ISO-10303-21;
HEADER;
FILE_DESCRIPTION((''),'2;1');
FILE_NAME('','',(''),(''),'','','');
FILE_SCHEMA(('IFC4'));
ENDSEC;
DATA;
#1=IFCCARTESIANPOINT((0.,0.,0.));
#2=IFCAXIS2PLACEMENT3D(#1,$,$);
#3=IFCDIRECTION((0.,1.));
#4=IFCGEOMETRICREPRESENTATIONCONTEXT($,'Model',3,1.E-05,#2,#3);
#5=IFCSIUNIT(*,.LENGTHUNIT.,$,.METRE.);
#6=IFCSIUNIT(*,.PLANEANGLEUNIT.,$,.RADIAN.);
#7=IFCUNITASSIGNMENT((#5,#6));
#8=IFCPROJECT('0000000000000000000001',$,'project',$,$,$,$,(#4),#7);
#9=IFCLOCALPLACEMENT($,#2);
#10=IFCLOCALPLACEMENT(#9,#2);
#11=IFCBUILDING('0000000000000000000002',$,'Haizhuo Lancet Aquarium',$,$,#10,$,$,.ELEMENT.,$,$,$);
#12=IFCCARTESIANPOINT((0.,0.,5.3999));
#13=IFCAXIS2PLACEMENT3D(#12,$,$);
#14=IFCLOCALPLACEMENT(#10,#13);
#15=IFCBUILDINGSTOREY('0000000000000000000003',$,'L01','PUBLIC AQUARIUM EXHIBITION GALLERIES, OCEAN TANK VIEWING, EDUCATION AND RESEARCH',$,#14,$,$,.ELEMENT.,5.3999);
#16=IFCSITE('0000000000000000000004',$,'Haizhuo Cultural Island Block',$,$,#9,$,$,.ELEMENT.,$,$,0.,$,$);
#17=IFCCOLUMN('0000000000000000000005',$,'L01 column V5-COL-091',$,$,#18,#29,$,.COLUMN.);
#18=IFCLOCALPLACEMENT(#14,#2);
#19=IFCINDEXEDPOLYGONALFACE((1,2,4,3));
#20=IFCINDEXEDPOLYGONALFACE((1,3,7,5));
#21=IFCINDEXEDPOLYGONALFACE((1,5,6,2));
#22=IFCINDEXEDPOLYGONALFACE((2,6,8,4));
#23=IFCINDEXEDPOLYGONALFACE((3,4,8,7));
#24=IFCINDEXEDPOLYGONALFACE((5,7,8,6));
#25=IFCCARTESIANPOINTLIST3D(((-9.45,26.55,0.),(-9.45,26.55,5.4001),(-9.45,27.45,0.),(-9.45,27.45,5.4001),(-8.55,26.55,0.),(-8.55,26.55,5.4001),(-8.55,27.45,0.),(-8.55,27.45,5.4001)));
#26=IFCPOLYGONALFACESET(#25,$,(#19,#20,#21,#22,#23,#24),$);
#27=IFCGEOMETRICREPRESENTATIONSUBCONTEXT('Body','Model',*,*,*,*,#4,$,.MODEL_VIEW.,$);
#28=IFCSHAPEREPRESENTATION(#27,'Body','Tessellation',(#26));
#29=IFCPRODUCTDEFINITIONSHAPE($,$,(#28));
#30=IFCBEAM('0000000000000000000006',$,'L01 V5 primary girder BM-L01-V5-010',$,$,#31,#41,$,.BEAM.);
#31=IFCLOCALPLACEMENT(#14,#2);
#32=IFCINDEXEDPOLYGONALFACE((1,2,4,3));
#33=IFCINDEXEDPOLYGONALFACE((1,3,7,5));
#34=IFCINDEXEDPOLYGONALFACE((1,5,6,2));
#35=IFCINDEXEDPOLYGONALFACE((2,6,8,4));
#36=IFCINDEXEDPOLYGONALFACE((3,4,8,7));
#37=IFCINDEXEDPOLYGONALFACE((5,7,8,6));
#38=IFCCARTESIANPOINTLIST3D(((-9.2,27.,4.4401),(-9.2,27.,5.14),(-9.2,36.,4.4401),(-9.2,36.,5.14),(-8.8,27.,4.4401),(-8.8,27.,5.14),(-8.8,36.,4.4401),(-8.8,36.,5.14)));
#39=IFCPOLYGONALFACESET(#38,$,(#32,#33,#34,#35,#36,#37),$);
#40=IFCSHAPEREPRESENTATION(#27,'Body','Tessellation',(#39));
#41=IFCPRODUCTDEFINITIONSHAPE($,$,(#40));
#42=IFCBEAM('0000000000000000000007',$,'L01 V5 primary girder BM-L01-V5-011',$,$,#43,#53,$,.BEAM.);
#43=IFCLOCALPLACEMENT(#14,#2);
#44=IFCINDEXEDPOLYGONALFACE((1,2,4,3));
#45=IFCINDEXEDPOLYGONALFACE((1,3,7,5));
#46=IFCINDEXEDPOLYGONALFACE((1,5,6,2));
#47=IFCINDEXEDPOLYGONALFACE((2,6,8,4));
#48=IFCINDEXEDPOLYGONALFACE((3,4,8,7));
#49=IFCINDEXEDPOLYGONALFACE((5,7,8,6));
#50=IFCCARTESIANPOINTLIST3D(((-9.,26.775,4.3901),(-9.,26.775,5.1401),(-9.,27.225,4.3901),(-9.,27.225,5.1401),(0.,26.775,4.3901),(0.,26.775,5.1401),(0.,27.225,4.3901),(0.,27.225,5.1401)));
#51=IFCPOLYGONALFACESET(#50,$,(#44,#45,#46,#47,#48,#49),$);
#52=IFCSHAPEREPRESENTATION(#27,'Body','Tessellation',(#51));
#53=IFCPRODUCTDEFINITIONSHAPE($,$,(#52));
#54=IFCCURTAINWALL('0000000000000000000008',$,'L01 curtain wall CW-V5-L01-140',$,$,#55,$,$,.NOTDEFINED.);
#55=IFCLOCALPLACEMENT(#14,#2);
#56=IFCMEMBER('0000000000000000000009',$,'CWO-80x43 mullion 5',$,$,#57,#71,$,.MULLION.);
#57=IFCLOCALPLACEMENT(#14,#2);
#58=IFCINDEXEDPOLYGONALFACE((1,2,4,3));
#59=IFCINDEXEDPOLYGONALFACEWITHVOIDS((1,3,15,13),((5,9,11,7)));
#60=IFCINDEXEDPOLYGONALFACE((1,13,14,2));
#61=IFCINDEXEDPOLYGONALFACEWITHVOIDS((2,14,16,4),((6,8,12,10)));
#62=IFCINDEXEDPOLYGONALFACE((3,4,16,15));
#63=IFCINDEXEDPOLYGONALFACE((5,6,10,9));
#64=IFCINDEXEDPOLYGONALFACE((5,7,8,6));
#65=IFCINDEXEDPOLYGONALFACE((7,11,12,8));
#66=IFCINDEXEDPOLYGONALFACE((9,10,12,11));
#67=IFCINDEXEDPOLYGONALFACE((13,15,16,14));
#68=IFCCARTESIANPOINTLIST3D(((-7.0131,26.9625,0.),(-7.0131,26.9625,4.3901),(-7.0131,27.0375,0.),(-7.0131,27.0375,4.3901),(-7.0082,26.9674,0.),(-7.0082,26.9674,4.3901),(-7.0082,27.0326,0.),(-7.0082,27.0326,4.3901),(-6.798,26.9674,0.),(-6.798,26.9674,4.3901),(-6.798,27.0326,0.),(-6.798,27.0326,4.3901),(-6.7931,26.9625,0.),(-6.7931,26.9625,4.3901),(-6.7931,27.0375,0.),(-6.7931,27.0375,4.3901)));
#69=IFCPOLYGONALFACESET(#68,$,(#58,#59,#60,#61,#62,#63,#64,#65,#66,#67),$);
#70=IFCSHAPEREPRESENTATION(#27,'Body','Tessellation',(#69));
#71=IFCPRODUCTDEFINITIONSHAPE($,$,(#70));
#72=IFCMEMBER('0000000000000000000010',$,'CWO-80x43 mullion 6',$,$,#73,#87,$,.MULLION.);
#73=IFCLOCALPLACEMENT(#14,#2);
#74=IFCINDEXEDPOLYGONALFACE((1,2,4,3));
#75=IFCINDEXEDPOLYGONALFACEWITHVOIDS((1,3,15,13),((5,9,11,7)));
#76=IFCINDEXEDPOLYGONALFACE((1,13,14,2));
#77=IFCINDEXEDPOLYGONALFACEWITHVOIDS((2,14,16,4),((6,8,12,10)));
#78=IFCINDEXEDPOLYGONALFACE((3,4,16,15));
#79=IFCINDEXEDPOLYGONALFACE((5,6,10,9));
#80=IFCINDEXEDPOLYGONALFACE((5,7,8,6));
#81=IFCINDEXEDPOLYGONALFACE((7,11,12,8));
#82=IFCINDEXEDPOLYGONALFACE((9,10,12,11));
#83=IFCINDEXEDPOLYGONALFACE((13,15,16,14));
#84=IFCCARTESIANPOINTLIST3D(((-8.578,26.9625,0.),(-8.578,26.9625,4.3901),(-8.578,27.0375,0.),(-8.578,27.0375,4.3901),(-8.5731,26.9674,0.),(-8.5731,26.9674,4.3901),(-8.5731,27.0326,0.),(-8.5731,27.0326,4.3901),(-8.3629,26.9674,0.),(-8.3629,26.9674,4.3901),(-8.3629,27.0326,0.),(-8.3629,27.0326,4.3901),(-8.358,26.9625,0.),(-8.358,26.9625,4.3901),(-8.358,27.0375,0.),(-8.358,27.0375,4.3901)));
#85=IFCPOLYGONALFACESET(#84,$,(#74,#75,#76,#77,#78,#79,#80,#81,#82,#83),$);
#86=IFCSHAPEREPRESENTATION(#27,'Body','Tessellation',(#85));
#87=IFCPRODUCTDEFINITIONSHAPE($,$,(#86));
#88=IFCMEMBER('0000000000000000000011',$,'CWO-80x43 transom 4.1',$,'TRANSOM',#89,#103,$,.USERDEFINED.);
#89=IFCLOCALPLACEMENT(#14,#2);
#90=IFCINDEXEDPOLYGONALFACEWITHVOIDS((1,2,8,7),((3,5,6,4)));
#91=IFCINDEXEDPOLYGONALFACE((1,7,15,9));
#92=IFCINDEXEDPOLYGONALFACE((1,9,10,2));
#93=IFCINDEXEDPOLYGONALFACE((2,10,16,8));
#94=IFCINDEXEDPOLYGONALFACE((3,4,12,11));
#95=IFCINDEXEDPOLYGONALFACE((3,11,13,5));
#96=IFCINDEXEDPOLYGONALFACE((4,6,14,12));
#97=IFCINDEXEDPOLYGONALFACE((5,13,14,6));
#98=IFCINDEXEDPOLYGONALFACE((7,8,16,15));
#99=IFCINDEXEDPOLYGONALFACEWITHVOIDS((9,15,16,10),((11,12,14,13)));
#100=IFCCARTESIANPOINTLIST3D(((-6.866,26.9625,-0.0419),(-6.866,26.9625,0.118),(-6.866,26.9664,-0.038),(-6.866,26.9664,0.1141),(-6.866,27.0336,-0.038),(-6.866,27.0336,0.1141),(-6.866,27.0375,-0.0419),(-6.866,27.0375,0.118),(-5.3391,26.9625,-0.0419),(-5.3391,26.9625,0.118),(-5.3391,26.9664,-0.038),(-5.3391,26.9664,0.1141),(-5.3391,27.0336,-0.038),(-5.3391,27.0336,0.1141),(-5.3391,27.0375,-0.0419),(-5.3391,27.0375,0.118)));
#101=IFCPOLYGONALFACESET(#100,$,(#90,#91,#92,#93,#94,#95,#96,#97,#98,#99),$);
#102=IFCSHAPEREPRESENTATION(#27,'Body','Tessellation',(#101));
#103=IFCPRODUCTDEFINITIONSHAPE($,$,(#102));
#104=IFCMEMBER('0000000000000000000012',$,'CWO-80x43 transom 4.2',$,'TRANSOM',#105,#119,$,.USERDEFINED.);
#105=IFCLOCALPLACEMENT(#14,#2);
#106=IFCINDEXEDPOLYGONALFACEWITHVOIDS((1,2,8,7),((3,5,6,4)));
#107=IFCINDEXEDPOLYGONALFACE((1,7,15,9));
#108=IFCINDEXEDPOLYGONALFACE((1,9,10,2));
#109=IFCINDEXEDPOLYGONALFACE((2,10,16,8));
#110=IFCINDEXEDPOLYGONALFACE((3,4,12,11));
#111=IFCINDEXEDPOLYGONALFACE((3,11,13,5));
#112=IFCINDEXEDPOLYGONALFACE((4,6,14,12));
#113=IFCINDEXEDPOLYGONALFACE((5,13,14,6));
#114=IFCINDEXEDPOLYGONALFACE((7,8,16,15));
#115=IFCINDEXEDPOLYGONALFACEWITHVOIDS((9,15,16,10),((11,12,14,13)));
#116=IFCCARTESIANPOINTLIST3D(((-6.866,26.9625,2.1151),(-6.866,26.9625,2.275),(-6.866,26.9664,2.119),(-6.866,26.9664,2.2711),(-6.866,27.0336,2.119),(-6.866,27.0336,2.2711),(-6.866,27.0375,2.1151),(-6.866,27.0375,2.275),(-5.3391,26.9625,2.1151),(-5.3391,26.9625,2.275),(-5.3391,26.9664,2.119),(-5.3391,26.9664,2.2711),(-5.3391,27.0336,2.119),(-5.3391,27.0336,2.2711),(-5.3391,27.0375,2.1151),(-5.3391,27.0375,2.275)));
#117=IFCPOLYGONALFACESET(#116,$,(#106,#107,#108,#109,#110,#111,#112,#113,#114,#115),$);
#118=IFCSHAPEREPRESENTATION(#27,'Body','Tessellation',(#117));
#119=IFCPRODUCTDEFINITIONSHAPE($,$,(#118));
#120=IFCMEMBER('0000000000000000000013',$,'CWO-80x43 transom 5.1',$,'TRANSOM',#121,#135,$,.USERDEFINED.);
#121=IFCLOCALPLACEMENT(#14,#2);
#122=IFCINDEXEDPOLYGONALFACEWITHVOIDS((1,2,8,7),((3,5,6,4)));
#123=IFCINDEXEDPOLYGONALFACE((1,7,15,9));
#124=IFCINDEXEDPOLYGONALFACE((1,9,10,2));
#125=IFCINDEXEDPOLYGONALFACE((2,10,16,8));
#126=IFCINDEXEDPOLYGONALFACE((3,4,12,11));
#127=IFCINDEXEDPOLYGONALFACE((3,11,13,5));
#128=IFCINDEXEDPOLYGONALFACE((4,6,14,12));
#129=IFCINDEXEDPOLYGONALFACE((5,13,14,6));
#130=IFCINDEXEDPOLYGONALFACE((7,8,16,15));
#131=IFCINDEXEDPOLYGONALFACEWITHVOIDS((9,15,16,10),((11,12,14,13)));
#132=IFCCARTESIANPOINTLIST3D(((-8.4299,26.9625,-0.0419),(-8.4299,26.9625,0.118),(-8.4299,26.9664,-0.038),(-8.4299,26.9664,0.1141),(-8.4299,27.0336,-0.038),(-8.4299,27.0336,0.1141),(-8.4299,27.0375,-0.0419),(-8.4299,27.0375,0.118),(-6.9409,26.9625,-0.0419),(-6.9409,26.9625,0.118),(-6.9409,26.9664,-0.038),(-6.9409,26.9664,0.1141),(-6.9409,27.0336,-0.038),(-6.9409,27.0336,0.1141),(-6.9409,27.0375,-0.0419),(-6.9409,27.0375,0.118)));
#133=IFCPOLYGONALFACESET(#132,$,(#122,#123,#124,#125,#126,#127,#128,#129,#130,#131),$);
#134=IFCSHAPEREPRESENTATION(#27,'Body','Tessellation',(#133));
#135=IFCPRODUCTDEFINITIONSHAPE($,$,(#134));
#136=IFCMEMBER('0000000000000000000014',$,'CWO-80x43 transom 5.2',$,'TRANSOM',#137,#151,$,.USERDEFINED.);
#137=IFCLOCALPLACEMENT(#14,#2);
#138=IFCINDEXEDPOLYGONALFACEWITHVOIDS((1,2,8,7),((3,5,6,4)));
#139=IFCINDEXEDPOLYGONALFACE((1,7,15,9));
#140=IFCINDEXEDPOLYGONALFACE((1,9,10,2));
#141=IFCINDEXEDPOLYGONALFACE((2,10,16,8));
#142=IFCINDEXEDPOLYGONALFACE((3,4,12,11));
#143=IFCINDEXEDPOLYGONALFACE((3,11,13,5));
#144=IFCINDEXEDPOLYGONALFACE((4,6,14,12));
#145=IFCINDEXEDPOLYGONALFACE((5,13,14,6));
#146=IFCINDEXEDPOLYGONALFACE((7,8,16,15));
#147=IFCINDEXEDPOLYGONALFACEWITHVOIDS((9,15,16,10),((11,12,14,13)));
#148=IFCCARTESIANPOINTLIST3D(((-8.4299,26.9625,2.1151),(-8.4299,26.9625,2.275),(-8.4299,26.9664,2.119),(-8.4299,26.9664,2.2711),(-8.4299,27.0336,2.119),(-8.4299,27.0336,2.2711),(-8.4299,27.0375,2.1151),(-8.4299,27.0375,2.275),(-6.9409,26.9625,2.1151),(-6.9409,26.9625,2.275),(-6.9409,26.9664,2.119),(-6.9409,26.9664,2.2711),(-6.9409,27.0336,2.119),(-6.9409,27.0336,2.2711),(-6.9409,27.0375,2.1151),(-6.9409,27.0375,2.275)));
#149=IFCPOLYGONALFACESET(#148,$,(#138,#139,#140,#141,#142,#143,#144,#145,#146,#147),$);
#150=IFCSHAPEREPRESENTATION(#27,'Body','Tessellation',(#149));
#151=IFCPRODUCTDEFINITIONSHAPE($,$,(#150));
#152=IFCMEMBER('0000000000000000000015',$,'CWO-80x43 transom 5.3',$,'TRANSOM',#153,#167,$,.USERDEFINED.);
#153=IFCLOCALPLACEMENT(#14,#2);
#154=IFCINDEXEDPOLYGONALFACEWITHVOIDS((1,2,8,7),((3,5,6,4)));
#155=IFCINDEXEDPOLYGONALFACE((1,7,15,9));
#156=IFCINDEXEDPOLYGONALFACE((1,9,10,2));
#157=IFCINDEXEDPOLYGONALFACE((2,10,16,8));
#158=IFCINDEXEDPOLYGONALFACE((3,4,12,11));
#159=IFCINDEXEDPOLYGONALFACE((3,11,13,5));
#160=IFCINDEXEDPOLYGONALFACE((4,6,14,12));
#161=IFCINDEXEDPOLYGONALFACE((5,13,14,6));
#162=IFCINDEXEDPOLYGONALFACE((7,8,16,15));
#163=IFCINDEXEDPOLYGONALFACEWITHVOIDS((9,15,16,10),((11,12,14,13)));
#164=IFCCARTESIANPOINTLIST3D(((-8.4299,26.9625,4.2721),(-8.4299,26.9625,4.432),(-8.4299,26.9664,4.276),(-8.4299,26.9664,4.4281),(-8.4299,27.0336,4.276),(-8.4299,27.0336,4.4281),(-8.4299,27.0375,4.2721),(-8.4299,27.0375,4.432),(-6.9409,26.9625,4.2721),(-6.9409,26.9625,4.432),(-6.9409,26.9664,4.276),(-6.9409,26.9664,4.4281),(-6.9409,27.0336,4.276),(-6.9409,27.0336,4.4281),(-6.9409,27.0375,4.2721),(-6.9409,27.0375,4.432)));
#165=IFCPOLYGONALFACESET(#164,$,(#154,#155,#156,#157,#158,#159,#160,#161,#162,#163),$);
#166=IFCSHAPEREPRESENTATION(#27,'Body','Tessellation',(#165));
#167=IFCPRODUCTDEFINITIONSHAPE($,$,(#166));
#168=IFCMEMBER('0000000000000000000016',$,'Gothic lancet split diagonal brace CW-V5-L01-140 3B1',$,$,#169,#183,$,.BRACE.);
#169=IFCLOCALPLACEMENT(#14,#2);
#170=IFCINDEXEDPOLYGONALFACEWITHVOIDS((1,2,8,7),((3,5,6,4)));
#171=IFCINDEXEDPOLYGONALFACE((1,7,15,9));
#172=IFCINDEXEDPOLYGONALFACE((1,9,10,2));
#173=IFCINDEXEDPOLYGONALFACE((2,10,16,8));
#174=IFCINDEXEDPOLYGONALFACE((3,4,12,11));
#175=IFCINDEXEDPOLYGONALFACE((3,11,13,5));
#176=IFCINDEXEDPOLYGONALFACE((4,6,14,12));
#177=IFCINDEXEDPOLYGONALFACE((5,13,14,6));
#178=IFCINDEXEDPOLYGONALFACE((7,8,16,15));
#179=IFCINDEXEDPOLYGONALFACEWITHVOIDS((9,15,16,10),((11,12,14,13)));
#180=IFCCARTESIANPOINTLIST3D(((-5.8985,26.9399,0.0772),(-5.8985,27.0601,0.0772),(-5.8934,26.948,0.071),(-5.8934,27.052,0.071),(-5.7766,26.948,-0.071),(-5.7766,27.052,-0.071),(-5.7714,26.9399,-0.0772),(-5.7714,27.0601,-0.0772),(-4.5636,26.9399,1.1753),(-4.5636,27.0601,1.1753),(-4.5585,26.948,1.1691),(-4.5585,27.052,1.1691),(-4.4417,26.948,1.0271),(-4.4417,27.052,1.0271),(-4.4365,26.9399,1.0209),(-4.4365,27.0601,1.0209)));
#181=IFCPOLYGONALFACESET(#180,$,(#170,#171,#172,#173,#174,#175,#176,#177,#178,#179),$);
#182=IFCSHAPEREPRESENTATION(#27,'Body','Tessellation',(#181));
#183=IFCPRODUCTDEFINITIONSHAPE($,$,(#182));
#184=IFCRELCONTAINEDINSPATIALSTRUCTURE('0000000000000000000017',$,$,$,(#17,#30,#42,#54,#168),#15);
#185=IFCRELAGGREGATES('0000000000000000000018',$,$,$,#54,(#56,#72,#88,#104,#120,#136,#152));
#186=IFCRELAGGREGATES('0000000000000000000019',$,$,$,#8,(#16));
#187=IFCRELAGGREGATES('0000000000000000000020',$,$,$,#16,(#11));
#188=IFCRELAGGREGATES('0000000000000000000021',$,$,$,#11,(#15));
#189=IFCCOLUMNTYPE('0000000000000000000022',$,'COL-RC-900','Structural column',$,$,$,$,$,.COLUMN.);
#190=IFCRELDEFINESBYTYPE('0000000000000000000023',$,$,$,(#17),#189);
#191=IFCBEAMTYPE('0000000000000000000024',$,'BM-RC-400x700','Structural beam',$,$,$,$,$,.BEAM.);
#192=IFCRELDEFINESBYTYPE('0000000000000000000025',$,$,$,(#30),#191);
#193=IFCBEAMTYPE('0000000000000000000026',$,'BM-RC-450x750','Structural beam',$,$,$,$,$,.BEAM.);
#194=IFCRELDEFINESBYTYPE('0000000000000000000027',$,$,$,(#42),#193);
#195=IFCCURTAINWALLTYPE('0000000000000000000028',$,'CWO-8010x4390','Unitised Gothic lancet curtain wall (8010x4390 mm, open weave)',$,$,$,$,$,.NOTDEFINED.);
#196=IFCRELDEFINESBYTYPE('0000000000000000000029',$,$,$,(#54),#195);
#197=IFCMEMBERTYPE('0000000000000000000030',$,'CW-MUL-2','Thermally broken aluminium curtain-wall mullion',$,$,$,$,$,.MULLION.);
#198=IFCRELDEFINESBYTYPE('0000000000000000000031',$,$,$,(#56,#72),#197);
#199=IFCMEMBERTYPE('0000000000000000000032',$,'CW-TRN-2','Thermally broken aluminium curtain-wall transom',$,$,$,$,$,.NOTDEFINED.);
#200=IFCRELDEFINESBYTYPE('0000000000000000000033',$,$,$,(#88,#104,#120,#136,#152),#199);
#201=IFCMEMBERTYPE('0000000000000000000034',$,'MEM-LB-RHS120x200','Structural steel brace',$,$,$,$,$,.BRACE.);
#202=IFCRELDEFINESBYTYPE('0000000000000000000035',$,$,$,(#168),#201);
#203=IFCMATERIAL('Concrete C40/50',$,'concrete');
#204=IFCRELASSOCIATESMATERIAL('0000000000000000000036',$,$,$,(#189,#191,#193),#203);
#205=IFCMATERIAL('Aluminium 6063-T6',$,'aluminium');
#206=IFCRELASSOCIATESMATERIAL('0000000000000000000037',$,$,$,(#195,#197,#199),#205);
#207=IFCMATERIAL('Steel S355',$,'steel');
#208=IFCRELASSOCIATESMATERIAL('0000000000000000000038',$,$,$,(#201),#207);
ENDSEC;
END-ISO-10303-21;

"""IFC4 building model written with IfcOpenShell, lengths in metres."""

from ifc_helpers import new_model, si_unit, direction, frame, origin, origin_2d, place, context, subcontext, project, spatial, rectangle, hollow_rectangle, extrude, material, material_profile, profile_set, type_object, element, aggregate, save


model = new_model("IFC4")

# Units and contexts
model_context = context("Model", 3, precision=1e-05, world=origin(), true_north=direction((0.0, 1.0)))
body_context = subcontext(model_context, "Body", "Model", "MODEL_VIEW")
ifc_project = project(units=[si_unit("LENGTHUNIT", "METRE"), si_unit("PLANEANGLEUNIT", "RADIAN")], contexts=[model_context])

# Site, building, storey
site_placement = place(None, origin())
site = spatial("IfcSite", under=ifc_project, at=site_placement, Name="Haizhuo Cultural Island Block", CompositionType="ELEMENT", RefElevation=0.0)
building_placement = place(site_placement, origin())
building = spatial("IfcBuilding", under=site, at=building_placement, Name="Haizhuo Lancet Aquarium", CompositionType="ELEMENT")
storey_placement = place(building_placement, frame((0.0, 0.0, 5.3999)))
storey = spatial("IfcBuildingStorey", under=building, at=storey_placement, Name="L01", Description="PUBLIC AQUARIUM EXHIBITION GALLERIES, OCEAN TANK VIEWING, EDUCATION AND RESEARCH", CompositionType="ELEMENT", Elevation=5.3999)

# Column
ifc_material_1 = material(Name="Concrete C40/50", Category="concrete")
ifc_material_profile_1 = material_profile(ifc_material_1, rectangle(XDim=0.8999, YDim=0.8999, at=origin_2d()), Name="RC-COL 900x900")
ifc_profile_set_1 = profile_set([ifc_material_profile_1], Name="Concrete C40/50")
column_type = type_object("IfcColumnType", Name="COL-RC-900", Description="Structural column", PredefinedType="COLUMN", material=ifc_profile_set_1)
column_placement = place(storey_placement, frame((-9.0, 27.0, 0.0), z_axis=(0.0, 0.0, 1.0), x_axis=(1.0, 0.0, 0.0)))
element("IfcColumn", 1, at=column_placement, inside=storey, type_object=column_type, Name="L01 column V5-COL-091", PredefinedType="COLUMN", context=body_context, shape_type="SweptSolid", body=[
    extrude(rectangle(XDim=0.8999, YDim=0.8999, at=origin_2d()), origin(), (0.0, 0.0, 1.0), 5.4001),
])

# Beams
ifc_material_profile_2 = material_profile(ifc_material_1, rectangle(XDim=0.3999, YDim=0.7, at=origin_2d()), Name="RC-BM 400x700")
ifc_profile_set_2 = profile_set([ifc_material_profile_2], Name="Concrete C40/50")
beam_type_1 = type_object("IfcBeamType", Name="BM-RC-400x700", Description="Structural beam", PredefinedType="BEAM", material=ifc_profile_set_2)
beam_1_placement = place(storey_placement, frame((-9.0, 27.0, 4.79), z_axis=(0.0, 1.0, 0.0), x_axis=(-1.0, 0.0, 0.0)))
element("IfcBeam", 2, at=beam_1_placement, inside=storey, type_object=beam_type_1, Name="L01 V5 primary girder BM-L01-V5-010", PredefinedType="BEAM", context=body_context, shape_type="SweptSolid", body=[
    extrude(rectangle(XDim=0.3999, YDim=0.7, at=origin_2d()), origin(), (0.0, 0.0, 1.0), 9.0),
])
ifc_material_profile_3 = material_profile(ifc_material_1, rectangle(XDim=0.45, YDim=0.75, at=origin_2d()), Name="RC-BM 450x750")
ifc_profile_set_3 = profile_set([ifc_material_profile_3], Name="Concrete C40/50")
beam_type_2 = type_object("IfcBeamType", Name="BM-RC-450x750", Description="Structural beam", PredefinedType="BEAM", material=ifc_profile_set_3)
beam_2_placement = place(storey_placement, frame((-9.0, 27.0, 4.7651), z_axis=(1.0, 0.0, 0.0), x_axis=(0.0, 1.0, 0.0)))
element("IfcBeam", 3, at=beam_2_placement, inside=storey, type_object=beam_type_2, Name="L01 V5 primary girder BM-L01-V5-011", PredefinedType="BEAM", context=body_context, shape_type="SweptSolid", body=[
    extrude(rectangle(XDim=0.45, YDim=0.75, at=origin_2d()), origin(), (0.0, 0.0, 1.0), 9.0),
])

# Curtain wall, members
ifc_material_2 = material(Name="Aluminium 6063-T6", Category="aluminium")
curtain_wall_type = type_object("IfcCurtainWallType", Name="CWO-8010x4390", Description="Unitised Gothic lancet curtain wall (8010x4390 mm, open weave)", PredefinedType="NOTDEFINED", material=ifc_material_2)
curtain_wall_placement = place(storey_placement, origin())
curtain_wall = element("IfcCurtainWall", 4, at=curtain_wall_placement, inside=storey, type_object=curtain_wall_type, Name="L01 curtain wall CW-V5-L01-140", PredefinedType="NOTDEFINED")
ifc_material_profile_4 = material_profile(ifc_material_2, hollow_rectangle(XDim=0.075, YDim=0.22, WallThickness=0.0049, at=origin_2d()), Name="ALU-M 75x220x5")
ifc_profile_set_4 = profile_set([ifc_material_profile_4], Name="Aluminium 6063-T6")
member_type_1 = type_object("IfcMemberType", Name="CW-MUL-2", Description="Thermally broken aluminium curtain-wall mullion", PredefinedType="MULLION", material=ifc_profile_set_4)
member_1_placement = place(storey_placement, frame((-6.9031, 27.0, 0.0), z_axis=(0.0, 0.0, 1.0), x_axis=(0.0, -1.0, 0.0)))
member_1 = element("IfcMember", 5, at=member_1_placement, type_object=member_type_1, Name="CWO-80x43 mullion 5", PredefinedType="MULLION", context=body_context, shape_type="SweptSolid", body=[
    extrude(hollow_rectangle(XDim=0.075, YDim=0.22, WallThickness=0.0049, at=origin_2d()), origin(), (0.0, 0.0, 1.0), 4.3901),
])
member_2_placement = place(storey_placement, frame((-8.468, 27.0, 0.0), z_axis=(0.0, 0.0, 1.0), x_axis=(0.0, -1.0, 0.0)))
member_2 = element("IfcMember", 6, at=member_2_placement, type_object=member_type_1, Name="CWO-80x43 mullion 6", PredefinedType="MULLION", context=body_context, shape_type="SweptSolid", body=[
    extrude(hollow_rectangle(XDim=0.075, YDim=0.22, WallThickness=0.0049, at=origin_2d()), origin(), (0.0, 0.0, 1.0), 4.3901),
])
ifc_material_profile_5 = material_profile(ifc_material_2, hollow_rectangle(XDim=0.075, YDim=0.1599, WallThickness=0.0039, at=origin_2d()), Name="ALU-T 75x160x4")
ifc_profile_set_5 = profile_set([ifc_material_profile_5], Name="Aluminium 6063-T6")
member_type_2 = type_object("IfcMemberType", Name="CW-TRN-2", Description="Thermally broken aluminium curtain-wall transom", PredefinedType="NOTDEFINED", material=ifc_profile_set_5)
member_3_placement = place(storey_placement, frame((-5.3391, 27.0, 0.0381), z_axis=(-1.0, 0.0, 0.0), x_axis=(0.0, -1.0, 0.0)))
member_3 = element("IfcMember", 7, at=member_3_placement, type_object=member_type_2, Name="CWO-80x43 transom 4.1", ObjectType="TRANSOM", PredefinedType="USERDEFINED", context=body_context, shape_type="SweptSolid", body=[
    extrude(hollow_rectangle(XDim=0.075, YDim=0.1599, WallThickness=0.0039, at=origin_2d()), origin(), (0.0, 0.0, 1.0), 1.5269),
])
member_4_placement = place(storey_placement, frame((-5.3391, 27.0, 2.1951), z_axis=(-1.0, 0.0, 0.0), x_axis=(0.0, -1.0, 0.0)))
member_4 = element("IfcMember", 8, at=member_4_placement, type_object=member_type_2, Name="CWO-80x43 transom 4.2", ObjectType="TRANSOM", PredefinedType="USERDEFINED", context=body_context, shape_type="SweptSolid", body=[
    extrude(hollow_rectangle(XDim=0.075, YDim=0.1599, WallThickness=0.0039, at=origin_2d()), origin(), (0.0, 0.0, 1.0), 1.5269),
])
member_5_placement = place(storey_placement, frame((-6.9409, 27.0, 0.0381), z_axis=(-1.0, 0.0, 0.0), x_axis=(0.0, -1.0, 0.0)))
member_5 = element("IfcMember", 9, at=member_5_placement, type_object=member_type_2, Name="CWO-80x43 transom 5.1", ObjectType="TRANSOM", PredefinedType="USERDEFINED", context=body_context, shape_type="SweptSolid", body=[
    extrude(hollow_rectangle(XDim=0.075, YDim=0.1599, WallThickness=0.0039, at=origin_2d()), origin(), (0.0, 0.0, 1.0), 1.489),
])
member_6_placement = place(storey_placement, frame((-6.9409, 27.0, 2.1951), z_axis=(-1.0, 0.0, 0.0), x_axis=(0.0, -1.0, 0.0)))
member_6 = element("IfcMember", 10, at=member_6_placement, type_object=member_type_2, Name="CWO-80x43 transom 5.2", ObjectType="TRANSOM", PredefinedType="USERDEFINED", context=body_context, shape_type="SweptSolid", body=[
    extrude(hollow_rectangle(XDim=0.075, YDim=0.1599, WallThickness=0.0039, at=origin_2d()), origin(), (0.0, 0.0, 1.0), 1.489),
])
member_7_placement = place(storey_placement, frame((-6.9409, 27.0, 4.3521), z_axis=(-1.0, 0.0, 0.0), x_axis=(0.0, -1.0, 0.0)))
member_7 = element("IfcMember", 11, at=member_7_placement, type_object=member_type_2, Name="CWO-80x43 transom 5.3", ObjectType="TRANSOM", PredefinedType="USERDEFINED", context=body_context, shape_type="SweptSolid", body=[
    extrude(hollow_rectangle(XDim=0.075, YDim=0.1599, WallThickness=0.0039, at=origin_2d()), origin(), (0.0, 0.0, 1.0), 1.489),
])

# Member
ifc_material_3 = material(Name="Steel S355", Category="steel")
ifc_material_profile_6 = material_profile(ifc_material_3, hollow_rectangle(XDim=0.1201, YDim=0.2, WallThickness=0.0081, at=origin_2d()), Name="RHS 120x200x8")
ifc_profile_set_6 = profile_set([ifc_material_profile_6], Name="Steel S355")
member_type_3 = type_object("IfcMemberType", Name="MEM-LB-RHS120x200", Description="Structural steel brace", PredefinedType="BRACE", material=ifc_profile_set_6)
member_8_placement = place(storey_placement, frame((-5.835, 27.0, 0.0), z_axis=(0.772281, 0.0, 0.635281), x_axis=(0.0, 1.0, 0.0)))
element("IfcMember", 12, at=member_8_placement, inside=storey, type_object=member_type_3, Name="Gothic lancet split diagonal brace CW-V5-L01-140 3B1", PredefinedType="BRACE", context=body_context, shape_type="SweptSolid", body=[
    extrude(hollow_rectangle(XDim=0.1201, YDim=0.2, WallThickness=0.0081, at=origin_2d()), origin(), (0.0, 0.0, 1.0), 1.7285),
])

aggregate(curtain_wall, [member_1, member_2, member_3, member_4, member_5, member_6, member_7])

save(model, "model.ifc")
